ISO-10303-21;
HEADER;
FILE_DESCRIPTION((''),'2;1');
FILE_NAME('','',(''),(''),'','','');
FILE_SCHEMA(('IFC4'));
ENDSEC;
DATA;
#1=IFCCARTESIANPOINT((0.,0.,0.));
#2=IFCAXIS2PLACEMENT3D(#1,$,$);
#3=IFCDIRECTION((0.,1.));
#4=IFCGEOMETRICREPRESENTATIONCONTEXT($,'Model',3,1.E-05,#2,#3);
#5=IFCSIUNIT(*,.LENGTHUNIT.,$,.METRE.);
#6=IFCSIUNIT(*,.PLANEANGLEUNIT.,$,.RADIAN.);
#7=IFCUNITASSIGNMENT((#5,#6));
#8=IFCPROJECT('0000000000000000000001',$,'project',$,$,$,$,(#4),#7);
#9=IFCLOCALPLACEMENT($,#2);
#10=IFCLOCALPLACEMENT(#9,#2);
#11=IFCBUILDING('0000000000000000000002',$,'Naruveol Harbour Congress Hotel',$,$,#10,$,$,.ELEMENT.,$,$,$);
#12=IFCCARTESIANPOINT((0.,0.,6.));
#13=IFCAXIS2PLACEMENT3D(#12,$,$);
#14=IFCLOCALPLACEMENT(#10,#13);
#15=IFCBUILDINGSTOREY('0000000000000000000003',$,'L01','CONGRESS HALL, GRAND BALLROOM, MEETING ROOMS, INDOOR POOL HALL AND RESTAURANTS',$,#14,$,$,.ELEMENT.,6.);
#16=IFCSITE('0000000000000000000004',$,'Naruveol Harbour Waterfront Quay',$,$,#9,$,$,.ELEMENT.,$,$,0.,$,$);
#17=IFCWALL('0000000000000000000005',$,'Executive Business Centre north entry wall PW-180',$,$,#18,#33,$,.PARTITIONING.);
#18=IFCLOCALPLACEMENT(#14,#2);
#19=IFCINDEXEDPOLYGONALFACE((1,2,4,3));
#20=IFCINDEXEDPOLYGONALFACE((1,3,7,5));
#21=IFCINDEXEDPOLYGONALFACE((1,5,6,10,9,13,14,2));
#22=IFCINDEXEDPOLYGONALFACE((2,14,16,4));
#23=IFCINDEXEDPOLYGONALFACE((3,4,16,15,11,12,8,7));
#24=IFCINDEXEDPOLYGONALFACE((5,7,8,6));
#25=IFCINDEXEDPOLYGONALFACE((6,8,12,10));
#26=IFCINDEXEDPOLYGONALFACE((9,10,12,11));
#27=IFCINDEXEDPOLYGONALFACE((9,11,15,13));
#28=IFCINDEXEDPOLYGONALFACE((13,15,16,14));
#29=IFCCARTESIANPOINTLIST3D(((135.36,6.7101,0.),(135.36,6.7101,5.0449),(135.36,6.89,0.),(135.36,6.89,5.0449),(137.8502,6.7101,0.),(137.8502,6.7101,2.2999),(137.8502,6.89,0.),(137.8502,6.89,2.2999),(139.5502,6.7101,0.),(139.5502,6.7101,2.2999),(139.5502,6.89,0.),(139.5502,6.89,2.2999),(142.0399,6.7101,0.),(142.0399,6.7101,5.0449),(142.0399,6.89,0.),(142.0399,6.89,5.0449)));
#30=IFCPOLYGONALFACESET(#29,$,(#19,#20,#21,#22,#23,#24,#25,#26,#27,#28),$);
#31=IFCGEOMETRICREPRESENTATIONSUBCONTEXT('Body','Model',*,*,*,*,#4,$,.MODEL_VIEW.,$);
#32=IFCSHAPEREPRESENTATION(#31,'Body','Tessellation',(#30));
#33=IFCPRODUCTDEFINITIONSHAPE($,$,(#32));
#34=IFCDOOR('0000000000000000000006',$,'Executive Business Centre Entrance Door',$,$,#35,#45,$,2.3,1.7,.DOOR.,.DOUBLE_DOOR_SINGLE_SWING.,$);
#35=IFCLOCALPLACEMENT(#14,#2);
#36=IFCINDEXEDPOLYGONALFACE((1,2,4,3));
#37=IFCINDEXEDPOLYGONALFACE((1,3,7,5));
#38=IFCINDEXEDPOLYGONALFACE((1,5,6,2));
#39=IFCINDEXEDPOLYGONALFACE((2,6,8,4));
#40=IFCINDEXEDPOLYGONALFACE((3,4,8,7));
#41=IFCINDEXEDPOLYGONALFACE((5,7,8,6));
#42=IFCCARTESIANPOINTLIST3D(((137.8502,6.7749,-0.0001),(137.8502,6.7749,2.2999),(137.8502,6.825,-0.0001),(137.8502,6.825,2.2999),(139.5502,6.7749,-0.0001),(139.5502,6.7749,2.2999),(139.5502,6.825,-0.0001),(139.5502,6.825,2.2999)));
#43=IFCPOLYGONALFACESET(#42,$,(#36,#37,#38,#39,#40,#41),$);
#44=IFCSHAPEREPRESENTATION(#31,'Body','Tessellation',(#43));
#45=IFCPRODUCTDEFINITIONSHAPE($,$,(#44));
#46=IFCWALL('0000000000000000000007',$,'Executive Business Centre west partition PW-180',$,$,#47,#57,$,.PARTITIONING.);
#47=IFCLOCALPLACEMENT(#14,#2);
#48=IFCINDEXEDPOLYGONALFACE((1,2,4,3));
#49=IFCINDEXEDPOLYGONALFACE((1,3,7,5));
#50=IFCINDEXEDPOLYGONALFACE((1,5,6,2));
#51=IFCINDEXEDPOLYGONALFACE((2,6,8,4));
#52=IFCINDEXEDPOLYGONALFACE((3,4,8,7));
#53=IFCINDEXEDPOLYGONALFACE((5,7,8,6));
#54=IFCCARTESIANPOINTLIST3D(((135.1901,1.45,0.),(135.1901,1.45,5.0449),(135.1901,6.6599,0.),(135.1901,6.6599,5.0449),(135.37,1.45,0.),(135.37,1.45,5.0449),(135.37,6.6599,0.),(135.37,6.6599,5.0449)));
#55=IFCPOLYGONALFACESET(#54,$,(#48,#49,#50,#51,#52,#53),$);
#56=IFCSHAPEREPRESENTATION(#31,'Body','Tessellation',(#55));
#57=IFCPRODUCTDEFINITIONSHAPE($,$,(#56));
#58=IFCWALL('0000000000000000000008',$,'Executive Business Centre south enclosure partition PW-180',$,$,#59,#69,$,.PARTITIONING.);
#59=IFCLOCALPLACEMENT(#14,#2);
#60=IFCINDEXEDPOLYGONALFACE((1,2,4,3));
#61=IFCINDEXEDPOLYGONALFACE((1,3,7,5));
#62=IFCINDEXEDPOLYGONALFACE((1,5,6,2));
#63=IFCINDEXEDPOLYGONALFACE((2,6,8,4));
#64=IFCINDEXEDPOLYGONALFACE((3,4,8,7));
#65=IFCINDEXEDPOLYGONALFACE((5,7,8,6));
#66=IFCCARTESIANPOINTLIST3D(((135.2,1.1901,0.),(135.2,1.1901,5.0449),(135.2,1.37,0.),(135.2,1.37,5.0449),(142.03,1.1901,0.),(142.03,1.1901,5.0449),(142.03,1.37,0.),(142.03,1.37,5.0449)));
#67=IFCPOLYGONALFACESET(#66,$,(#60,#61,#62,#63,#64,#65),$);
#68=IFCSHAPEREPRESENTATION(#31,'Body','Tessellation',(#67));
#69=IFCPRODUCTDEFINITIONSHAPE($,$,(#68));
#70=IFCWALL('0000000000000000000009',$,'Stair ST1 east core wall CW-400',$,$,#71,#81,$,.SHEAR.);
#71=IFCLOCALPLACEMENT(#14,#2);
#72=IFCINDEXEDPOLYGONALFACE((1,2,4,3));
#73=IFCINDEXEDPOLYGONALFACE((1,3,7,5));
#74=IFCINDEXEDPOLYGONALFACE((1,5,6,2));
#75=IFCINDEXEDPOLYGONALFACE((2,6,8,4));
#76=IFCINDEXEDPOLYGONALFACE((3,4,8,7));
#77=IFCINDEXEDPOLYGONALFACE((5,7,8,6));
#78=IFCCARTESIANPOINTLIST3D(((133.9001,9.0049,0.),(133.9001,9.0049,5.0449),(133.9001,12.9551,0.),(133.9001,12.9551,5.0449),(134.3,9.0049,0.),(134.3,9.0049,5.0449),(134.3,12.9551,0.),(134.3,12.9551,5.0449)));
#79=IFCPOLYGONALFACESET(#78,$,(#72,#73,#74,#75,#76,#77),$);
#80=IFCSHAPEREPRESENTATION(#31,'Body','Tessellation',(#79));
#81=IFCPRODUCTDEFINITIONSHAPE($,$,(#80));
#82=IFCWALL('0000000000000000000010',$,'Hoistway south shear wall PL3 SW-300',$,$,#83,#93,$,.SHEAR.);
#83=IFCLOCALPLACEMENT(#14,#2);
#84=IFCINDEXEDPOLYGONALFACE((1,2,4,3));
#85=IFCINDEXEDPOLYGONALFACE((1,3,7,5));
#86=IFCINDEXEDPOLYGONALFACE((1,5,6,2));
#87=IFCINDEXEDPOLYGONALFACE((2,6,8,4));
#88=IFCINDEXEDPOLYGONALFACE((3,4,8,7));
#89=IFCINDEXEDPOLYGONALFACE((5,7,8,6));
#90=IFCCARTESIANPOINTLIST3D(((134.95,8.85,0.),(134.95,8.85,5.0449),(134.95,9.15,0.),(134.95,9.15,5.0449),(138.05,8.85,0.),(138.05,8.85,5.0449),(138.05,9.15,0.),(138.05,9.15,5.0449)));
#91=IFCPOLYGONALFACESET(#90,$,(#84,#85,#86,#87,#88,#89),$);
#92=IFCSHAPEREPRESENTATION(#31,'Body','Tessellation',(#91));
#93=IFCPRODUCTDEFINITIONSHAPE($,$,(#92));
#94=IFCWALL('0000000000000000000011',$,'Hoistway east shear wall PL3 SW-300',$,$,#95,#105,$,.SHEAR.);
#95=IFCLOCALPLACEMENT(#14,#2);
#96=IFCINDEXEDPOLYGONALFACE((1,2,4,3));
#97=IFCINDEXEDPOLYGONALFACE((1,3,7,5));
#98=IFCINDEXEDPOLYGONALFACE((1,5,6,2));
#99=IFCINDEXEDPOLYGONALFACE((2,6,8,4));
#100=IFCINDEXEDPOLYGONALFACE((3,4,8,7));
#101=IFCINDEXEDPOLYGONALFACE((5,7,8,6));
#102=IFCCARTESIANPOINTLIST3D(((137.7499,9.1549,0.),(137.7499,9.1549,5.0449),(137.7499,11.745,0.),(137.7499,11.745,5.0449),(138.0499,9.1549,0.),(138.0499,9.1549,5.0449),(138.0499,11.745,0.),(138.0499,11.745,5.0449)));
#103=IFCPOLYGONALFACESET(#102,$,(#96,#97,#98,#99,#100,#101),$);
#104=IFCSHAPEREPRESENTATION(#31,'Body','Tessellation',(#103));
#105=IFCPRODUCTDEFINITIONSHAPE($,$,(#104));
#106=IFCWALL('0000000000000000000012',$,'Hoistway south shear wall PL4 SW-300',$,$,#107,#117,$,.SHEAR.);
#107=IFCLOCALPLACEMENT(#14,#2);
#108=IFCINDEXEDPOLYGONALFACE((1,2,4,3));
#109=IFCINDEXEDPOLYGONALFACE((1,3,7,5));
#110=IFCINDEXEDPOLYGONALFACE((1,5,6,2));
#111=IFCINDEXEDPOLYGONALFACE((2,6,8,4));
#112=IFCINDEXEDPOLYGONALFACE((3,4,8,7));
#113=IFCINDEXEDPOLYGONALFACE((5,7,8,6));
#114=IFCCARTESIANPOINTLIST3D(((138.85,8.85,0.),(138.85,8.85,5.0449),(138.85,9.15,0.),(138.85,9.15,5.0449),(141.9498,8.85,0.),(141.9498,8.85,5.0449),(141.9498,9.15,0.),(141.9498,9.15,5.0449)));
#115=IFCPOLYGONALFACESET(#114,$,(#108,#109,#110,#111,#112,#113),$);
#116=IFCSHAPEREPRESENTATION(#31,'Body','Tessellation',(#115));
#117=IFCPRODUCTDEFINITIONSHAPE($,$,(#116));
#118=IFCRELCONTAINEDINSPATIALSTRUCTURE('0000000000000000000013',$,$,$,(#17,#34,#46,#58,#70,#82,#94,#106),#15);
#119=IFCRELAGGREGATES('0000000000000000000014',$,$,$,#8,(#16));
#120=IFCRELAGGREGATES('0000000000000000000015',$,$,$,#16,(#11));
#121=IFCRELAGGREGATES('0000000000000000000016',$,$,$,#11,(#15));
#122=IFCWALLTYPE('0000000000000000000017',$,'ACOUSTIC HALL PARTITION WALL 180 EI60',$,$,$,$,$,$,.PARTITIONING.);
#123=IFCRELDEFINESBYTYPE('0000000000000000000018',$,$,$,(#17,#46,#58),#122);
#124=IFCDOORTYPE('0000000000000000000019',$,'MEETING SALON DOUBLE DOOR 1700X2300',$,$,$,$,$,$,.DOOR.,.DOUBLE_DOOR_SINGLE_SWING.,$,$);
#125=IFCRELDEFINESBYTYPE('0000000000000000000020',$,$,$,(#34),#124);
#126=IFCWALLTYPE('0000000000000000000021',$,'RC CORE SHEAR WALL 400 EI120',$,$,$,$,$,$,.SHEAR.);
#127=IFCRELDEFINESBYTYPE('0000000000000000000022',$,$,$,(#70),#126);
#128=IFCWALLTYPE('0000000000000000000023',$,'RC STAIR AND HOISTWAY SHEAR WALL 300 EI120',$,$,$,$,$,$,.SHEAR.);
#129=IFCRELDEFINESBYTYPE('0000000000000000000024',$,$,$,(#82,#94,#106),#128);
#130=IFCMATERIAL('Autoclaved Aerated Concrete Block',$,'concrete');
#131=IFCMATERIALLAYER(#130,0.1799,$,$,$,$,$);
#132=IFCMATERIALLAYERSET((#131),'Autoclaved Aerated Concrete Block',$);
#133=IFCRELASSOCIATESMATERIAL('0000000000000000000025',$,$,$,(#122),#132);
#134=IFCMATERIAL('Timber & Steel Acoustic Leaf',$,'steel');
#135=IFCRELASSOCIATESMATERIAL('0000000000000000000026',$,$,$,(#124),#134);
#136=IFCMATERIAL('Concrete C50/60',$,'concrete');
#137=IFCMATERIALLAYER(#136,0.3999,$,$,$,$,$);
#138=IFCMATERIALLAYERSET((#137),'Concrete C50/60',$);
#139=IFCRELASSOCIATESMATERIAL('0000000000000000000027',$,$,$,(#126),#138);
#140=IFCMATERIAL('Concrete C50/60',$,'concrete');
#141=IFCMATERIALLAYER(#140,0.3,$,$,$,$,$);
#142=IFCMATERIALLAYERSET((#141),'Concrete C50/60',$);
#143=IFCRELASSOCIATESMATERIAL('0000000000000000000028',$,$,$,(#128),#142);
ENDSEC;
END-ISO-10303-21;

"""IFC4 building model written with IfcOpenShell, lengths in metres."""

from ifc_helpers import new_model, si_unit, direction, frame, frame_2d, origin, place, context, subcontext, project, spatial, rectangle, extrude, material, layer, layer_set, type_object, element, fill, save


model = new_model("IFC4")

# Units and contexts
model_context = context("Model", 3, precision=1e-05, world=origin(), true_north=direction((0.0, 1.0)))
body_context = subcontext(model_context, "Body", "Model", "MODEL_VIEW")
ifc_project = project(units=[si_unit("LENGTHUNIT", "METRE"), si_unit("PLANEANGLEUNIT", "RADIAN")], contexts=[model_context])

# Site, building, storey
site_placement = place(None, origin())
site = spatial("IfcSite", under=ifc_project, at=site_placement, Name="Naruveol Harbour Waterfront Quay", CompositionType="ELEMENT", RefElevation=0.0)
building_placement = place(site_placement, origin())
building = spatial("IfcBuilding", under=site, at=building_placement, Name="Naruveol Harbour Congress Hotel", CompositionType="ELEMENT")
storey_placement = place(building_placement, frame((0.0, 0.0, 6.0)))
storey = spatial("IfcBuildingStorey", under=building, at=storey_placement, Name="L01", Description="CONGRESS HALL, GRAND BALLROOM, MEETING ROOMS, INDOOR POOL HALL AND RESTAURANTS", CompositionType="ELEMENT", Elevation=6.0)

# Wall, opening, door
ifc_material_1 = material(Name="Autoclaved Aerated Concrete Block", Category="concrete")
ifc_layer_1 = layer(ifc_material_1, 0.1799)
ifc_layer_set_1 = layer_set([ifc_layer_1], Name="Autoclaved Aerated Concrete Block")
wall_type_1 = type_object("IfcWallType", Name="ACOUSTIC HALL PARTITION WALL 180 EI60", PredefinedType="PARTITIONING", material=ifc_layer_set_1)
wall_1_placement = place(storey_placement, frame((135.3601, 6.8, 0.0), z_axis=(0.0, 0.0, 1.0), x_axis=(1.0, 0.0, 0.0)))
wall_1 = element("IfcWall", 1, at=wall_1_placement, inside=storey, type_object=wall_type_1, Name="Executive Business Centre north entry wall PW-180", PredefinedType="PARTITIONING", context=body_context, shape_type="SweptSolid", body=[
    extrude(rectangle(XDim=6.6799, YDim=0.1799, at=frame_2d((3.3398, 0.0))), origin(), (0.0, 0.0, 1.0), 5.0449),
])
opening_placement = place(wall_1_placement, frame((2.49, 0.0, 0.0)))
opening = element("IfcOpeningElement", 2, at=opening_placement, cuts=wall_1, PredefinedType="OPENING", context=body_context, shape_type="SweptSolid", body=[
    extrude(rectangle(XDim=1.7, YDim=2.3, at=frame_2d((0.8501, 1.1499))), frame((0.0, 0.0999, 0.0), z_axis=(0.0, -1.0, 0.0), x_axis=(1.0, 0.0, 0.0)), (0.0, 0.0, 1.0), 0.2),
])
ifc_material_2 = material(Name="Timber & Steel Acoustic Leaf", Category="steel")
door_type = type_object("IfcDoorType", Name="MEETING SALON DOUBLE DOOR 1700X2300", OperationType="DOUBLE_DOOR_SINGLE_SWING", PredefinedType="DOOR", material=ifc_material_2)
door_placement = place(opening_placement, origin())
door = element("IfcDoor", 3, at=door_placement, inside=storey, type_object=door_type, Name="Executive Business Centre Entrance Door", OperationType="DOUBLE_DOOR_SINGLE_SWING", OverallHeight=2.3, OverallWidth=1.7, PredefinedType="DOOR", context=body_context, shape_type="SweptSolid", body=[
    extrude(rectangle(XDim=1.7, YDim=2.3, at=frame_2d((0.8501, 1.1499))), frame((0.0, 0.0249, 0.0), z_axis=(0.0, -1.0, 0.0), x_axis=(1.0, 0.0, 0.0)), (0.0, 0.0, 1.0), 0.05),
])
fill(opening, door)

# Walls
wall_2_placement = place(storey_placement, frame((135.28, 1.45, 0.0), z_axis=(0.0, 0.0, 1.0), x_axis=(0.0, 1.0, 0.0)))
element("IfcWall", 4, at=wall_2_placement, inside=storey, type_object=wall_type_1, Name="Executive Business Centre west partition PW-180", PredefinedType="PARTITIONING", context=body_context, shape_type="SweptSolid", body=[
    extrude(rectangle(XDim=5.21, YDim=0.1799, at=frame_2d((2.605, 0.0))), origin(), (0.0, 0.0, 1.0), 5.0449),
])
wall_3_placement = place(storey_placement, frame((135.2, 1.28, 0.0), z_axis=(0.0, 0.0, 1.0), x_axis=(1.0, 0.0, 0.0)))
element("IfcWall", 5, at=wall_3_placement, inside=storey, type_object=wall_type_1, Name="Executive Business Centre south enclosure partition PW-180", PredefinedType="PARTITIONING", context=body_context, shape_type="SweptSolid", body=[
    extrude(rectangle(XDim=6.8301, YDim=0.1799, at=frame_2d((3.415, 0.0))), origin(), (0.0, 0.0, 1.0), 5.0449),
])
ifc_material_3 = material(Name="Concrete C50/60", Category="concrete")
ifc_layer_2 = layer(ifc_material_3, 0.3999)
ifc_layer_set_2 = layer_set([ifc_layer_2], Name="Concrete C50/60")
wall_type_2 = type_object("IfcWallType", Name="RC CORE SHEAR WALL 400 EI120", PredefinedType="SHEAR", material=ifc_layer_set_2)
wall_4_placement = place(storey_placement, frame((134.1001, 9.0049, 0.0), z_axis=(0.0, 0.0, 1.0), x_axis=(0.0, 1.0, 0.0)))
element("IfcWall", 6, at=wall_4_placement, inside=storey, type_object=wall_type_2, Name="Stair ST1 east core wall CW-400", PredefinedType="SHEAR", context=body_context, shape_type="SweptSolid", body=[
    extrude(rectangle(XDim=3.9502, YDim=0.3999, at=frame_2d((1.9751, 0.0))), origin(), (0.0, 0.0, 1.0), 5.0449),
])
ifc_material_4 = material(Name="Concrete C50/60", Category="concrete")
ifc_layer_3 = layer(ifc_material_4, 0.3)
ifc_layer_set_3 = layer_set([ifc_layer_3], Name="Concrete C50/60")
wall_type_3 = type_object("IfcWallType", Name="RC STAIR AND HOISTWAY SHEAR WALL 300 EI120", PredefinedType="SHEAR", material=ifc_layer_set_3)
wall_5_placement = place(storey_placement, frame((134.95, 9.0, 0.0), z_axis=(0.0, 0.0, 1.0), x_axis=(1.0, 0.0, 0.0)))
element("IfcWall", 7, at=wall_5_placement, inside=storey, type_object=wall_type_3, Name="Hoistway south shear wall PL3 SW-300", PredefinedType="SHEAR", context=body_context, shape_type="SweptSolid", body=[
    extrude(rectangle(XDim=3.1001, YDim=0.3, at=frame_2d((1.55, 0.0))), origin(), (0.0, 0.0, 1.0), 5.0449),
])
wall_6_placement = place(storey_placement, frame((137.8999, 9.155, 0.0), z_axis=(0.0, 0.0, 1.0), x_axis=(0.0, 1.0, 0.0)))
element("IfcWall", 8, at=wall_6_placement, inside=storey, type_object=wall_type_3, Name="Hoistway east shear wall PL3 SW-300", PredefinedType="SHEAR", context=body_context, shape_type="SweptSolid", body=[
    extrude(rectangle(XDim=2.5901, YDim=0.3, at=frame_2d((1.2949, 0.0))), origin(), (0.0, 0.0, 1.0), 5.0449),
])
wall_7_placement = place(storey_placement, frame((138.8501, 9.0, 0.0), z_axis=(0.0, 0.0, 1.0), x_axis=(1.0, 0.0, 0.0)))
element("IfcWall", 9, at=wall_7_placement, inside=storey, type_object=wall_type_3, Name="Hoistway south shear wall PL4 SW-300", PredefinedType="SHEAR", context=body_context, shape_type="SweptSolid", body=[
    extrude(rectangle(XDim=3.0999, YDim=0.3, at=frame_2d((1.5498, 0.0))), origin(), (0.0, 0.0, 1.0), 5.0449),
])

save(model, "model.ifc")
